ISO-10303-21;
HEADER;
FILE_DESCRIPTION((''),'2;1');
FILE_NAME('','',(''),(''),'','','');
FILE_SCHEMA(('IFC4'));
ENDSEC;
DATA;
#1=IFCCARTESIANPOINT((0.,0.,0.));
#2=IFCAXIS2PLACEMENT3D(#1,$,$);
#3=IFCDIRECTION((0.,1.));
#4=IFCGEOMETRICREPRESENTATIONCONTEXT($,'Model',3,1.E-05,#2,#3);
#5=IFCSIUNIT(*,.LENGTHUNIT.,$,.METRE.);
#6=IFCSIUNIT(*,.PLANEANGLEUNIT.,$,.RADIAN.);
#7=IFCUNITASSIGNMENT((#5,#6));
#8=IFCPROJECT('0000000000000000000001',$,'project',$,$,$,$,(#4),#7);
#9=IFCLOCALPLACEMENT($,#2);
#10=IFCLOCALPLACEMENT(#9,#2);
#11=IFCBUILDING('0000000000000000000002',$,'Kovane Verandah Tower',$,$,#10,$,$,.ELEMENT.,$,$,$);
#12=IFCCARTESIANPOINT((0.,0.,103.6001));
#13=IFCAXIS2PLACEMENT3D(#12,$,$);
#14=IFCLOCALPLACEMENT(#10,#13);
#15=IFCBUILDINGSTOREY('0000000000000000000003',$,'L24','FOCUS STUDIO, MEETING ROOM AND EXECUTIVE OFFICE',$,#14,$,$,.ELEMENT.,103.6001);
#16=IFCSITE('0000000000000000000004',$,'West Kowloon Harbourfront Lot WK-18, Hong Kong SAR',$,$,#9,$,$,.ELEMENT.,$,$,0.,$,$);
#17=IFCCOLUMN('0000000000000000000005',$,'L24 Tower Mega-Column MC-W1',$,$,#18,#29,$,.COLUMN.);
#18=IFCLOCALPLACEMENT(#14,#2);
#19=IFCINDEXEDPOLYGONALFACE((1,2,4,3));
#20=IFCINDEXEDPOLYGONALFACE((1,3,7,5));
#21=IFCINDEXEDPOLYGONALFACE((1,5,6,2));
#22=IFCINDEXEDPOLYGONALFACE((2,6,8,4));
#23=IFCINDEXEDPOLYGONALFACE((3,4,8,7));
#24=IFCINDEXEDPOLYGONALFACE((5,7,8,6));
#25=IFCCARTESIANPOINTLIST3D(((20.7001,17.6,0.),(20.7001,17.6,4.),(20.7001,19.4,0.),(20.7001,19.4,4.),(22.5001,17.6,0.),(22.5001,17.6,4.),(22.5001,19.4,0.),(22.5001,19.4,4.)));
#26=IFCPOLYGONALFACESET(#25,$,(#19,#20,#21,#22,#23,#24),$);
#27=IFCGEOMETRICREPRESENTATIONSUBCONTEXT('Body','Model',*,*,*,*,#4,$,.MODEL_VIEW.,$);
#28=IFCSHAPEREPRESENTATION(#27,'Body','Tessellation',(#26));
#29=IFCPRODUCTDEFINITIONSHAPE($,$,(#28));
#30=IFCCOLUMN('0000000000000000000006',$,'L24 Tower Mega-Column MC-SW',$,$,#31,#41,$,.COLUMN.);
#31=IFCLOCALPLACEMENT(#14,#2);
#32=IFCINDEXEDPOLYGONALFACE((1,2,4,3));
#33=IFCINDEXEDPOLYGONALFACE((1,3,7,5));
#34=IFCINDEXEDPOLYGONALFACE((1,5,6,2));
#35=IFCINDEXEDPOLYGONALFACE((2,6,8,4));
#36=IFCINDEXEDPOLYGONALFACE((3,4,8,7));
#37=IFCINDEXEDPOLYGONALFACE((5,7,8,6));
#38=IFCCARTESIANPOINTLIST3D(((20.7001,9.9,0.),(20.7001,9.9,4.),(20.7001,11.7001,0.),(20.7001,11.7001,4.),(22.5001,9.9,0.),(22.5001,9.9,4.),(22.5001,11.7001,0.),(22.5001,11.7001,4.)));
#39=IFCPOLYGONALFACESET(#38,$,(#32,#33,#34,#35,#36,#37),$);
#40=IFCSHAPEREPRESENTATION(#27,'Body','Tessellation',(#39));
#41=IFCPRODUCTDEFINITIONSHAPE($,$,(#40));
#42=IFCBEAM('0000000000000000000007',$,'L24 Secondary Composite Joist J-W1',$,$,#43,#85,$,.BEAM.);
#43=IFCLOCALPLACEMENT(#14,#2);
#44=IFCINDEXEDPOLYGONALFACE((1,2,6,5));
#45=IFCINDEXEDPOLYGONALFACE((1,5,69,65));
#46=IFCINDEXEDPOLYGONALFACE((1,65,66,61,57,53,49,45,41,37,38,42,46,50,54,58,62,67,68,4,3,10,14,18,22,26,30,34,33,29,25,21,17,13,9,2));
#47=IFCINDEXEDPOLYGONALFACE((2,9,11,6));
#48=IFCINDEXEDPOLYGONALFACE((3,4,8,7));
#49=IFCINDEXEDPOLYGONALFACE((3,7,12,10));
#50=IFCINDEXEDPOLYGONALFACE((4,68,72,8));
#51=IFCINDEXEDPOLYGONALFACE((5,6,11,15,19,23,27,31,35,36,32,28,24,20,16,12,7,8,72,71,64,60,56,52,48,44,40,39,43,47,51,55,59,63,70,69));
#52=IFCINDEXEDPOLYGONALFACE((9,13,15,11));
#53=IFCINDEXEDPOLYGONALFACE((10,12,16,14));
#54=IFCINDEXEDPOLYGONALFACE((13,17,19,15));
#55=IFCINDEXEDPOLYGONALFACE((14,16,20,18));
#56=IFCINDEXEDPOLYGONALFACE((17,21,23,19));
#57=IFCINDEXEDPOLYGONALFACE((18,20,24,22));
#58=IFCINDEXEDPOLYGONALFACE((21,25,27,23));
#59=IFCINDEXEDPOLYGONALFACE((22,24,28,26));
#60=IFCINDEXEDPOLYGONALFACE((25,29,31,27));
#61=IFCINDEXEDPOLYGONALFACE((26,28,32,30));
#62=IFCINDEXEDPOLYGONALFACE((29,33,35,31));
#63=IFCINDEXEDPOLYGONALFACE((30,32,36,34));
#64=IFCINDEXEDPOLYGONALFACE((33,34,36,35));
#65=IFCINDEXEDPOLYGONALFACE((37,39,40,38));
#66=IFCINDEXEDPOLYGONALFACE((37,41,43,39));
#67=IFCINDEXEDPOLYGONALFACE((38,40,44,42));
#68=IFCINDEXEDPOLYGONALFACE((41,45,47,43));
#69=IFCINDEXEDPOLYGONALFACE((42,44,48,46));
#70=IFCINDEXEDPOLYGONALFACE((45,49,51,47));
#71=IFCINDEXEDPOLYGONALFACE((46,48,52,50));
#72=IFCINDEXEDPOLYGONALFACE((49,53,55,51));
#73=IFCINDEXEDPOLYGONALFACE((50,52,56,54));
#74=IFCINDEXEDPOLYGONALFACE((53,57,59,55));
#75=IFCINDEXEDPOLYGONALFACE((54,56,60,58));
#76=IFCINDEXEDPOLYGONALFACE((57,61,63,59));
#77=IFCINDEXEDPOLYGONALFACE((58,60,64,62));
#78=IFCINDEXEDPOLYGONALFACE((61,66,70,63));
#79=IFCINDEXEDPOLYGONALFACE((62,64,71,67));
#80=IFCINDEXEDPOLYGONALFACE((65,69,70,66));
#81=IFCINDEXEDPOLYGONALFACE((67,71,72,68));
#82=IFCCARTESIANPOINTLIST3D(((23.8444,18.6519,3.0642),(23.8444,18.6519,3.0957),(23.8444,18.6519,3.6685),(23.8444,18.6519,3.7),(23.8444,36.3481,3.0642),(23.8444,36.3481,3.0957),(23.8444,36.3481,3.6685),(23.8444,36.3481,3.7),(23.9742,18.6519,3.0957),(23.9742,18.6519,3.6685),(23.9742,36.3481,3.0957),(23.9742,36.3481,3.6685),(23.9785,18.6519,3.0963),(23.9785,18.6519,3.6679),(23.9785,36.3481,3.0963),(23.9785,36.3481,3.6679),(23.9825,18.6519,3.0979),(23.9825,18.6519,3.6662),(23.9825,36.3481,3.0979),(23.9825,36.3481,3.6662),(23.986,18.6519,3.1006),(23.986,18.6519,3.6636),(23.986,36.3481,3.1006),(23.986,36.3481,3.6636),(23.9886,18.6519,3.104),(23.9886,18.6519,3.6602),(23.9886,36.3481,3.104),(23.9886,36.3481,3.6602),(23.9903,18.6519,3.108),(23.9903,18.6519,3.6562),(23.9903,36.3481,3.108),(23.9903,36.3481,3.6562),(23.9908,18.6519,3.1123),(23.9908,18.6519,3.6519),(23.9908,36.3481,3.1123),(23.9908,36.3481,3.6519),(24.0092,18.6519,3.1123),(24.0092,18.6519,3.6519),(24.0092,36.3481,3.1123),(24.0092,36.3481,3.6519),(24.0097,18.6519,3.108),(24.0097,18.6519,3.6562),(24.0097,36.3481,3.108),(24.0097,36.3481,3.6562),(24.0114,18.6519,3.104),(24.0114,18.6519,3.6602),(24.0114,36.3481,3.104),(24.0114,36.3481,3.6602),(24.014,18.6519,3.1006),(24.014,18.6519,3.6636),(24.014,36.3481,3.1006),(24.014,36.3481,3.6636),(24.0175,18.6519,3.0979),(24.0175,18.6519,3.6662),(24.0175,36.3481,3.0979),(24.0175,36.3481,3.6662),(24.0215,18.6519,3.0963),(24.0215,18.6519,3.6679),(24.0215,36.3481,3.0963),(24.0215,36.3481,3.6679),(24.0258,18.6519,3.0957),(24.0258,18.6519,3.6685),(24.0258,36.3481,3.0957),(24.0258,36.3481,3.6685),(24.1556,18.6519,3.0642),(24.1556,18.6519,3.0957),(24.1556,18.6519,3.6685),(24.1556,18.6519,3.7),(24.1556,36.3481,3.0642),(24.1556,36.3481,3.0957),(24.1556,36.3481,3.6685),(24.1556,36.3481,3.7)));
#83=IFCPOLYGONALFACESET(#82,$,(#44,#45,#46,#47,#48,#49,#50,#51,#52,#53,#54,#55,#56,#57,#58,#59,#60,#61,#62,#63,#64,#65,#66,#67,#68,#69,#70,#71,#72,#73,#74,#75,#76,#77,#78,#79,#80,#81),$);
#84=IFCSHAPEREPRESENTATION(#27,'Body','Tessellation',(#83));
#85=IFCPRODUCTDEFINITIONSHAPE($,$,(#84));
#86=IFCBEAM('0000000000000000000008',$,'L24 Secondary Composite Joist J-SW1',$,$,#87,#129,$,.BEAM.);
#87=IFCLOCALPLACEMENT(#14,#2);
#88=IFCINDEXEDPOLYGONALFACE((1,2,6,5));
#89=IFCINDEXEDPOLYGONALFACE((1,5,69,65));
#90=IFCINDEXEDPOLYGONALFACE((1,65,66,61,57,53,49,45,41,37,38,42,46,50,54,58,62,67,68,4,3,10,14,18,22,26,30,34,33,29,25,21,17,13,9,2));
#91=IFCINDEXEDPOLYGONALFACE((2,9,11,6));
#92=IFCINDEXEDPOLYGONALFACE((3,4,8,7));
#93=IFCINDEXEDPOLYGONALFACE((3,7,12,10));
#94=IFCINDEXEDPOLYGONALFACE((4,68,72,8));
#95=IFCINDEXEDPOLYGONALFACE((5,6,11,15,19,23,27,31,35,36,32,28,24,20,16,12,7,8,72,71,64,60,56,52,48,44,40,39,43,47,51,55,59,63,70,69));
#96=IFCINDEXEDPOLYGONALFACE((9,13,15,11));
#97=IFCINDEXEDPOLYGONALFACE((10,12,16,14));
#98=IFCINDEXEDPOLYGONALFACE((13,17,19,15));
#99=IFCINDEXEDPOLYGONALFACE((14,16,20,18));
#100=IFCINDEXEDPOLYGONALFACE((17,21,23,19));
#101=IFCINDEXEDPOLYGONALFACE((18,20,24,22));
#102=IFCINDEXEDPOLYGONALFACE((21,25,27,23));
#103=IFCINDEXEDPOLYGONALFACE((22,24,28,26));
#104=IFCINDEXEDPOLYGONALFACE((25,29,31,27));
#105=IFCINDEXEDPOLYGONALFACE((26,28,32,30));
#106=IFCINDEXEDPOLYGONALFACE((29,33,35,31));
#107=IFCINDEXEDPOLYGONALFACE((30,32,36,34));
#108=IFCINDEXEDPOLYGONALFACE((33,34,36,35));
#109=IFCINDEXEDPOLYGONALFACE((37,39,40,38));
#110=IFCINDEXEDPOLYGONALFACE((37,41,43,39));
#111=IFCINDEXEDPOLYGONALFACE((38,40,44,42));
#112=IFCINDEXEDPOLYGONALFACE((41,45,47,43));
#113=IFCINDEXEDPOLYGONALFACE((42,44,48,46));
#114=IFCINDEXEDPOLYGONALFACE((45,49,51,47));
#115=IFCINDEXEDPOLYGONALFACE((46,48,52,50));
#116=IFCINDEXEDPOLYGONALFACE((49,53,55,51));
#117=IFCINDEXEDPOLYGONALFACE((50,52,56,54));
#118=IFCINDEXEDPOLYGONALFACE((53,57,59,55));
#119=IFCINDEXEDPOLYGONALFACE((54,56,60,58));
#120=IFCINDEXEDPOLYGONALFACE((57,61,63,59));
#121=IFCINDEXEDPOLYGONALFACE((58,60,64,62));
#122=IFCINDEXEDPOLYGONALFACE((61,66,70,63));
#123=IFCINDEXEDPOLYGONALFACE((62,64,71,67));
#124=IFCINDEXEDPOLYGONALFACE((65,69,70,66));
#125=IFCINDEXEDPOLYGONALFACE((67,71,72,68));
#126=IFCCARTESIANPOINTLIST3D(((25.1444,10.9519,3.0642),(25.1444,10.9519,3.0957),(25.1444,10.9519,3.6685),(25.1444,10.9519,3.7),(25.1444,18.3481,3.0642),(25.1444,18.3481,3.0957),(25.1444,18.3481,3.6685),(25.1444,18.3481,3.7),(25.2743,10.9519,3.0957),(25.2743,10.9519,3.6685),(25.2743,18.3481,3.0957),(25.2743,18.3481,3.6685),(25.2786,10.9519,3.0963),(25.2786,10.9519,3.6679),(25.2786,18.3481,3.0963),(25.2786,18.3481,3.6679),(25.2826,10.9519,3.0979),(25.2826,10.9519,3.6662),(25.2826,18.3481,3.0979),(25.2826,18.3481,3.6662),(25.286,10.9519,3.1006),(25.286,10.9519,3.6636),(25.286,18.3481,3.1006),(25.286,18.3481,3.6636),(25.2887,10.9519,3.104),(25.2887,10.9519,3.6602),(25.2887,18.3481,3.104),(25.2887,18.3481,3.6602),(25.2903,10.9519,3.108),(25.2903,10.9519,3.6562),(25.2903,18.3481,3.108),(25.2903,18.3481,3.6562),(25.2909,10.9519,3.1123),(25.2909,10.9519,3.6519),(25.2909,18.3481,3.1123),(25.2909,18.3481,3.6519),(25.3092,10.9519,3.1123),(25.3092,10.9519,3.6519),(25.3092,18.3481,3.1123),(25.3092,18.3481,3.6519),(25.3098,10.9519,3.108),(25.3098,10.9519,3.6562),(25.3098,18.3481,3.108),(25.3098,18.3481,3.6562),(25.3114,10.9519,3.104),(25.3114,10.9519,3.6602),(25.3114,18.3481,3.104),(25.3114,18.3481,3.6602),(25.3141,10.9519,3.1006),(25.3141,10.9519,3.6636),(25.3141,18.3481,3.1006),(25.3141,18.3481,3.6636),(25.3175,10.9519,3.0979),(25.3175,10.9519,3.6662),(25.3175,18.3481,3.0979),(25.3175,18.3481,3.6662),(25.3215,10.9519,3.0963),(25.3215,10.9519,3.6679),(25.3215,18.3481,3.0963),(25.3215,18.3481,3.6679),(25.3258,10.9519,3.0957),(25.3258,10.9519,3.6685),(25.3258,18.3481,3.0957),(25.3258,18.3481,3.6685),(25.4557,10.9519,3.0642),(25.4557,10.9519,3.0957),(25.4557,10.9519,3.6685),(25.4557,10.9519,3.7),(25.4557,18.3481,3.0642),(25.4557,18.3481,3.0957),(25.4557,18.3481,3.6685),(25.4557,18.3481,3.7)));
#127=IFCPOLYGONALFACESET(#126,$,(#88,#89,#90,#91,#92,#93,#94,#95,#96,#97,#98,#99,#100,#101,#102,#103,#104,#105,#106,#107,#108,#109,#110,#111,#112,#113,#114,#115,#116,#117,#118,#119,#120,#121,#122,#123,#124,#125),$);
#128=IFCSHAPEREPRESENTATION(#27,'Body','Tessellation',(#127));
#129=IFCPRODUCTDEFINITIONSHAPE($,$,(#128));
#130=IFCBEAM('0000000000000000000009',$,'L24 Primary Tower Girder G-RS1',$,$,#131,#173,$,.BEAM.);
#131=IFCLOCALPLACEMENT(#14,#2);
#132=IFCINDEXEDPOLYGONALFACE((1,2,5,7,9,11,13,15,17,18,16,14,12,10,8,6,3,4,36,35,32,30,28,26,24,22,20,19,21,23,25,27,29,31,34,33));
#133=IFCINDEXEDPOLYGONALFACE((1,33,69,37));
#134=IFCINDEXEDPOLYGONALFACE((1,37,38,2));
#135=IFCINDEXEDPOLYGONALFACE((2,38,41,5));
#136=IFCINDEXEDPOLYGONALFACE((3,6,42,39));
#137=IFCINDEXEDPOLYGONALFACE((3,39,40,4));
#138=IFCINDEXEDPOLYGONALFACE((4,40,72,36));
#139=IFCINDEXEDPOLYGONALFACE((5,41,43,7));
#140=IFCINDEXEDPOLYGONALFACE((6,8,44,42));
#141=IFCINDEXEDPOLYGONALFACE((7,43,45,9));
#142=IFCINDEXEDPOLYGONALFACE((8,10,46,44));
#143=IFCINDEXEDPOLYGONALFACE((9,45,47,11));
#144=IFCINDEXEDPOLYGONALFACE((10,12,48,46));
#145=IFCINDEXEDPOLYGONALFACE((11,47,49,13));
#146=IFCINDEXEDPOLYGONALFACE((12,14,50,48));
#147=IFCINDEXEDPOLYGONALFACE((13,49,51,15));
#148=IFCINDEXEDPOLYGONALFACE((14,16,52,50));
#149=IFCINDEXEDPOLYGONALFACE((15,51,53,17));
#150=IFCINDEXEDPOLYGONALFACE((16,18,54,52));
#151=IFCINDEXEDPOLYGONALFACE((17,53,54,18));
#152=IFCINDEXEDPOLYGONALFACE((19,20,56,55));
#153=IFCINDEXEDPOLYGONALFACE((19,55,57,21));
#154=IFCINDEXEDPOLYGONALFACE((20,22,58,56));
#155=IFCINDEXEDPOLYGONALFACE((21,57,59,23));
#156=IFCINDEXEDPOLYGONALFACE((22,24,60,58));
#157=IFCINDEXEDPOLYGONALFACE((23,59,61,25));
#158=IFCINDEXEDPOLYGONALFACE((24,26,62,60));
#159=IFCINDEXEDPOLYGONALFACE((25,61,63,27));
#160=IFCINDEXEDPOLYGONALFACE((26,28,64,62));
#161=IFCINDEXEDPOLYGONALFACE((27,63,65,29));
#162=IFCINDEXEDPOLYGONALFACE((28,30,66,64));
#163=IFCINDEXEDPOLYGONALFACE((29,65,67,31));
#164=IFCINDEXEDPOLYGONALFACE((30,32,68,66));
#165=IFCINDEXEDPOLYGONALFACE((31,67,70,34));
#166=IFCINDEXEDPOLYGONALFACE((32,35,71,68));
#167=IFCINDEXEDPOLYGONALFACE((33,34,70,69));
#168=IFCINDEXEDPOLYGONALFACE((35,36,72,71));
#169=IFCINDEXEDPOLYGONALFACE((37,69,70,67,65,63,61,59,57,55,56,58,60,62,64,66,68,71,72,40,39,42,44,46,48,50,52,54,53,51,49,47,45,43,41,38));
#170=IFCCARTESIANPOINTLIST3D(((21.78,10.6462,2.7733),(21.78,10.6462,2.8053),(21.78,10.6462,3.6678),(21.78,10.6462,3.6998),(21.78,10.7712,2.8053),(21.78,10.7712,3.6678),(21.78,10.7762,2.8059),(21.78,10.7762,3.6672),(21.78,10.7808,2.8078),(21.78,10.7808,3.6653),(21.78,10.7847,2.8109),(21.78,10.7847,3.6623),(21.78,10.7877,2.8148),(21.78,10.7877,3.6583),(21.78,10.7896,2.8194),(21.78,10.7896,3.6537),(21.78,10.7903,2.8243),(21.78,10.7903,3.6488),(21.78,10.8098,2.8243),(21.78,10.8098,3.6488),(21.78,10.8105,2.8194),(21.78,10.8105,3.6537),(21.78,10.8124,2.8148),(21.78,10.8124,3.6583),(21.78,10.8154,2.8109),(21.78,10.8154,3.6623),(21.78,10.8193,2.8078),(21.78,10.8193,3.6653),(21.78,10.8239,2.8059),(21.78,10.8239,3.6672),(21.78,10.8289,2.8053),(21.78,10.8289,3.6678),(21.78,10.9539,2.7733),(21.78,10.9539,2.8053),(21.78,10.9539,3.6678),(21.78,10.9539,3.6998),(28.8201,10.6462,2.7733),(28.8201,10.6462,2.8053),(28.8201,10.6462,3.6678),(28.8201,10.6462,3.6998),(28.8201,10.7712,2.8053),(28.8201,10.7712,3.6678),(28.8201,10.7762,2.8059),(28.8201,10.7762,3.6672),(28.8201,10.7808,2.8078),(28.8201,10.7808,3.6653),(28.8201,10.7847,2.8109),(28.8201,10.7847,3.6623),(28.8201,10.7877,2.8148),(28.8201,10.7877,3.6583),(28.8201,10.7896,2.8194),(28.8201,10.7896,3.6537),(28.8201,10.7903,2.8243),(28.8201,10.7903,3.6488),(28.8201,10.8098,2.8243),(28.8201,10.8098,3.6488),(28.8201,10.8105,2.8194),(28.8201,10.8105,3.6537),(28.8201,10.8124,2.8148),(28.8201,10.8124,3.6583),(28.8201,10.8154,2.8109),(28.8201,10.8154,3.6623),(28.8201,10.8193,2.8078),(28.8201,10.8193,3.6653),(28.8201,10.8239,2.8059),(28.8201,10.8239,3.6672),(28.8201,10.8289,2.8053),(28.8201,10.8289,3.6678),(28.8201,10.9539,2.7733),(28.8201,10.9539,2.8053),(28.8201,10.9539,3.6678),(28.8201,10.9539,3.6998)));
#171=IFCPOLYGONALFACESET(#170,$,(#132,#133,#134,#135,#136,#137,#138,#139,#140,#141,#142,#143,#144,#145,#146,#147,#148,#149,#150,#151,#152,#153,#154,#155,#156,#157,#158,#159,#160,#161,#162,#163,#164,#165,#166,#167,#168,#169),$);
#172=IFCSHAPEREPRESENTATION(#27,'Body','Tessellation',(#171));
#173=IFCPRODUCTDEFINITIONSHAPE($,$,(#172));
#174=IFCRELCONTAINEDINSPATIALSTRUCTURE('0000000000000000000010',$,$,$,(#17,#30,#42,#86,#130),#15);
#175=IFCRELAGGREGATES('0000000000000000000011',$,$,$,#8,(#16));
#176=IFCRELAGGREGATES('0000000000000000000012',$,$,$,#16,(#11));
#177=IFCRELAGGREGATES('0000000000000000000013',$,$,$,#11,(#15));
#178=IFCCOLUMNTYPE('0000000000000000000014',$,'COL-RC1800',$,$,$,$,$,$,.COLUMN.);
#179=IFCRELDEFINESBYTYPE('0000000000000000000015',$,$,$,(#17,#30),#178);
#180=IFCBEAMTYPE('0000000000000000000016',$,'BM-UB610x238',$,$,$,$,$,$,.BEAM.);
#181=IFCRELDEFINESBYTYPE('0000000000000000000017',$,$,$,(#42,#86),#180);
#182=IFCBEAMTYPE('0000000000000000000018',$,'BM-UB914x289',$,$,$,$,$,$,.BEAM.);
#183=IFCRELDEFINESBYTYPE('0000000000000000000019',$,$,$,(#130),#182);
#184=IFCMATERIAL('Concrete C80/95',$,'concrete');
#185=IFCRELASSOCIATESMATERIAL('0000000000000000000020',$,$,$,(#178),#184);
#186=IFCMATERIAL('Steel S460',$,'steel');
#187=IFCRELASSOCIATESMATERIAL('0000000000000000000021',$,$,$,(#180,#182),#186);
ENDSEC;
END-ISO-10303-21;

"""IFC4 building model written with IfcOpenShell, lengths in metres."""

from ifc_helpers import new_model, si_unit, direction, frame, origin, origin_2d, place, context, subcontext, project, spatial, rectangle, i_section, extrude, material, material_profile, profile_set, type_object, element, save


model = new_model("IFC4")

# Units and contexts
model_context = context("Model", 3, precision=1e-05, world=origin(), true_north=direction((0.0, 1.0)))
body_context = subcontext(model_context, "Body", "Model", "MODEL_VIEW")
ifc_project = project(units=[si_unit("LENGTHUNIT", "METRE"), si_unit("PLANEANGLEUNIT", "RADIAN")], contexts=[model_context])

# Site, building, storey
site_placement = place(None, origin())
site = spatial("IfcSite", under=ifc_project, at=site_placement, Name="West Kowloon Harbourfront Lot WK-18, Hong Kong SAR", CompositionType="ELEMENT", RefElevation=0.0)
building_placement = place(site_placement, origin())
building = spatial("IfcBuilding", under=site, at=building_placement, Name="Kovane Verandah Tower", CompositionType="ELEMENT")
storey_placement = place(building_placement, frame((0.0, 0.0, 103.6001)))
storey = spatial("IfcBuildingStorey", under=building, at=storey_placement, Name="L24", Description="FOCUS STUDIO, MEETING ROOM AND EXECUTIVE OFFICE", CompositionType="ELEMENT", Elevation=103.6001)

# Columns
ifc_material_1 = material(Name="Concrete C80/95", Category="concrete")
ifc_material_profile_1 = material_profile(ifc_material_1, rectangle(XDim=1.8, YDim=1.8, at=origin_2d()), Name="RC1800x1800")
ifc_profile_set_1 = profile_set([ifc_material_profile_1], Name="Concrete C80/95")
column_type = type_object("IfcColumnType", Name="COL-RC1800", PredefinedType="COLUMN", material=ifc_profile_set_1)
for number, where, z_axis, x_axis, name in (
    (1, (21.6001, 18.5, 0.0), (0.0, 0.0, 1.0), (1.0, 0.0, 0.0), "L24 Tower Mega-Column MC-W1"),
    (2, (21.6001, 10.8, 0.0), (0.0, 0.0, 1.0), (1.0, 0.0, 0.0), "L24 Tower Mega-Column MC-SW"),
):
    element("IfcColumn", number, at=place(storey_placement, frame(where, z_axis=z_axis, x_axis=x_axis)), inside=storey, type_object=column_type, Name=name, PredefinedType="COLUMN", context=body_context, shape_type="SweptSolid", body=[
        extrude(rectangle(XDim=1.8, YDim=1.8, at=origin_2d()), origin(), (0.0, 0.0, 1.0), 4.0),
    ])

# Beams
ifc_material_2 = material(Name="Steel S460", Category="steel")
ifc_material_profile_2 = material_profile(ifc_material_2, i_section(OverallWidth=0.3113, OverallDepth=0.6357, WebThickness=0.0183, FlangeThickness=0.0315, FilletRadius=0.0166, at=origin_2d()), Name="UB610x305x238")
ifc_profile_set_2 = profile_set([ifc_material_profile_2], Name="Steel S460")
beam_type_1 = type_object("IfcBeamType", Name="BM-UB610x238", PredefinedType="BEAM", material=ifc_profile_set_2)
beam_1_placement = place(storey_placement, frame((24.0, 18.6519, 3.3821), z_axis=(0.0, 1.0, 0.0), x_axis=(-1.0, 0.0, 0.0)))
element("IfcBeam", 3, at=beam_1_placement, inside=storey, type_object=beam_type_1, Name="L24 Secondary Composite Joist J-W1", PredefinedType="BEAM", context=body_context, shape_type="SweptSolid", body=[
    extrude(i_section(OverallWidth=0.3113, OverallDepth=0.6357, WebThickness=0.0183, FlangeThickness=0.0315, FilletRadius=0.0166, at=origin_2d()), origin(), (0.0, 0.0, 1.0), 17.6963),
])
beam_2_placement = place(storey_placement, frame((25.3, 10.9519, 3.3821), z_axis=(0.0, 1.0, 0.0), x_axis=(-1.0, 0.0, 0.0)))
element("IfcBeam", 4, at=beam_2_placement, inside=storey, type_object=beam_type_1, Name="L24 Secondary Composite Joist J-SW1", PredefinedType="BEAM", context=body_context, shape_type="SweptSolid", body=[
    extrude(i_section(OverallWidth=0.3113, OverallDepth=0.6357, WebThickness=0.0183, FlangeThickness=0.0315, FilletRadius=0.0166, at=origin_2d()), origin(), (0.0, 0.0, 1.0), 7.3962),
])
ifc_material_profile_3 = material_profile(ifc_material_2, i_section(OverallWidth=0.3076, OverallDepth=0.9265, WebThickness=0.0195, FlangeThickness=0.032, FilletRadius=0.019, at=origin_2d()), Name="UB914x305x289")
ifc_profile_set_3 = profile_set([ifc_material_profile_3], Name="Steel S460")
beam_type_2 = type_object("IfcBeamType", Name="BM-UB914x289", PredefinedType="BEAM", material=ifc_profile_set_3)
beam_3_placement = place(storey_placement, frame((21.78, 10.8, 3.2366), z_axis=(1.0, 0.0, 0.0), x_axis=(0.0, 1.0, 0.0)))
element("IfcBeam", 5, at=beam_3_placement, inside=storey, type_object=beam_type_2, Name="L24 Primary Tower Girder G-RS1", PredefinedType="BEAM", context=body_context, shape_type="SweptSolid", body=[
    extrude(i_section(OverallWidth=0.3076, OverallDepth=0.9265, WebThickness=0.0195, FlangeThickness=0.032, FilletRadius=0.019, at=origin_2d()), origin(), (0.0, 0.0, 1.0), 7.04),
])

save(model, "model.ifc")
